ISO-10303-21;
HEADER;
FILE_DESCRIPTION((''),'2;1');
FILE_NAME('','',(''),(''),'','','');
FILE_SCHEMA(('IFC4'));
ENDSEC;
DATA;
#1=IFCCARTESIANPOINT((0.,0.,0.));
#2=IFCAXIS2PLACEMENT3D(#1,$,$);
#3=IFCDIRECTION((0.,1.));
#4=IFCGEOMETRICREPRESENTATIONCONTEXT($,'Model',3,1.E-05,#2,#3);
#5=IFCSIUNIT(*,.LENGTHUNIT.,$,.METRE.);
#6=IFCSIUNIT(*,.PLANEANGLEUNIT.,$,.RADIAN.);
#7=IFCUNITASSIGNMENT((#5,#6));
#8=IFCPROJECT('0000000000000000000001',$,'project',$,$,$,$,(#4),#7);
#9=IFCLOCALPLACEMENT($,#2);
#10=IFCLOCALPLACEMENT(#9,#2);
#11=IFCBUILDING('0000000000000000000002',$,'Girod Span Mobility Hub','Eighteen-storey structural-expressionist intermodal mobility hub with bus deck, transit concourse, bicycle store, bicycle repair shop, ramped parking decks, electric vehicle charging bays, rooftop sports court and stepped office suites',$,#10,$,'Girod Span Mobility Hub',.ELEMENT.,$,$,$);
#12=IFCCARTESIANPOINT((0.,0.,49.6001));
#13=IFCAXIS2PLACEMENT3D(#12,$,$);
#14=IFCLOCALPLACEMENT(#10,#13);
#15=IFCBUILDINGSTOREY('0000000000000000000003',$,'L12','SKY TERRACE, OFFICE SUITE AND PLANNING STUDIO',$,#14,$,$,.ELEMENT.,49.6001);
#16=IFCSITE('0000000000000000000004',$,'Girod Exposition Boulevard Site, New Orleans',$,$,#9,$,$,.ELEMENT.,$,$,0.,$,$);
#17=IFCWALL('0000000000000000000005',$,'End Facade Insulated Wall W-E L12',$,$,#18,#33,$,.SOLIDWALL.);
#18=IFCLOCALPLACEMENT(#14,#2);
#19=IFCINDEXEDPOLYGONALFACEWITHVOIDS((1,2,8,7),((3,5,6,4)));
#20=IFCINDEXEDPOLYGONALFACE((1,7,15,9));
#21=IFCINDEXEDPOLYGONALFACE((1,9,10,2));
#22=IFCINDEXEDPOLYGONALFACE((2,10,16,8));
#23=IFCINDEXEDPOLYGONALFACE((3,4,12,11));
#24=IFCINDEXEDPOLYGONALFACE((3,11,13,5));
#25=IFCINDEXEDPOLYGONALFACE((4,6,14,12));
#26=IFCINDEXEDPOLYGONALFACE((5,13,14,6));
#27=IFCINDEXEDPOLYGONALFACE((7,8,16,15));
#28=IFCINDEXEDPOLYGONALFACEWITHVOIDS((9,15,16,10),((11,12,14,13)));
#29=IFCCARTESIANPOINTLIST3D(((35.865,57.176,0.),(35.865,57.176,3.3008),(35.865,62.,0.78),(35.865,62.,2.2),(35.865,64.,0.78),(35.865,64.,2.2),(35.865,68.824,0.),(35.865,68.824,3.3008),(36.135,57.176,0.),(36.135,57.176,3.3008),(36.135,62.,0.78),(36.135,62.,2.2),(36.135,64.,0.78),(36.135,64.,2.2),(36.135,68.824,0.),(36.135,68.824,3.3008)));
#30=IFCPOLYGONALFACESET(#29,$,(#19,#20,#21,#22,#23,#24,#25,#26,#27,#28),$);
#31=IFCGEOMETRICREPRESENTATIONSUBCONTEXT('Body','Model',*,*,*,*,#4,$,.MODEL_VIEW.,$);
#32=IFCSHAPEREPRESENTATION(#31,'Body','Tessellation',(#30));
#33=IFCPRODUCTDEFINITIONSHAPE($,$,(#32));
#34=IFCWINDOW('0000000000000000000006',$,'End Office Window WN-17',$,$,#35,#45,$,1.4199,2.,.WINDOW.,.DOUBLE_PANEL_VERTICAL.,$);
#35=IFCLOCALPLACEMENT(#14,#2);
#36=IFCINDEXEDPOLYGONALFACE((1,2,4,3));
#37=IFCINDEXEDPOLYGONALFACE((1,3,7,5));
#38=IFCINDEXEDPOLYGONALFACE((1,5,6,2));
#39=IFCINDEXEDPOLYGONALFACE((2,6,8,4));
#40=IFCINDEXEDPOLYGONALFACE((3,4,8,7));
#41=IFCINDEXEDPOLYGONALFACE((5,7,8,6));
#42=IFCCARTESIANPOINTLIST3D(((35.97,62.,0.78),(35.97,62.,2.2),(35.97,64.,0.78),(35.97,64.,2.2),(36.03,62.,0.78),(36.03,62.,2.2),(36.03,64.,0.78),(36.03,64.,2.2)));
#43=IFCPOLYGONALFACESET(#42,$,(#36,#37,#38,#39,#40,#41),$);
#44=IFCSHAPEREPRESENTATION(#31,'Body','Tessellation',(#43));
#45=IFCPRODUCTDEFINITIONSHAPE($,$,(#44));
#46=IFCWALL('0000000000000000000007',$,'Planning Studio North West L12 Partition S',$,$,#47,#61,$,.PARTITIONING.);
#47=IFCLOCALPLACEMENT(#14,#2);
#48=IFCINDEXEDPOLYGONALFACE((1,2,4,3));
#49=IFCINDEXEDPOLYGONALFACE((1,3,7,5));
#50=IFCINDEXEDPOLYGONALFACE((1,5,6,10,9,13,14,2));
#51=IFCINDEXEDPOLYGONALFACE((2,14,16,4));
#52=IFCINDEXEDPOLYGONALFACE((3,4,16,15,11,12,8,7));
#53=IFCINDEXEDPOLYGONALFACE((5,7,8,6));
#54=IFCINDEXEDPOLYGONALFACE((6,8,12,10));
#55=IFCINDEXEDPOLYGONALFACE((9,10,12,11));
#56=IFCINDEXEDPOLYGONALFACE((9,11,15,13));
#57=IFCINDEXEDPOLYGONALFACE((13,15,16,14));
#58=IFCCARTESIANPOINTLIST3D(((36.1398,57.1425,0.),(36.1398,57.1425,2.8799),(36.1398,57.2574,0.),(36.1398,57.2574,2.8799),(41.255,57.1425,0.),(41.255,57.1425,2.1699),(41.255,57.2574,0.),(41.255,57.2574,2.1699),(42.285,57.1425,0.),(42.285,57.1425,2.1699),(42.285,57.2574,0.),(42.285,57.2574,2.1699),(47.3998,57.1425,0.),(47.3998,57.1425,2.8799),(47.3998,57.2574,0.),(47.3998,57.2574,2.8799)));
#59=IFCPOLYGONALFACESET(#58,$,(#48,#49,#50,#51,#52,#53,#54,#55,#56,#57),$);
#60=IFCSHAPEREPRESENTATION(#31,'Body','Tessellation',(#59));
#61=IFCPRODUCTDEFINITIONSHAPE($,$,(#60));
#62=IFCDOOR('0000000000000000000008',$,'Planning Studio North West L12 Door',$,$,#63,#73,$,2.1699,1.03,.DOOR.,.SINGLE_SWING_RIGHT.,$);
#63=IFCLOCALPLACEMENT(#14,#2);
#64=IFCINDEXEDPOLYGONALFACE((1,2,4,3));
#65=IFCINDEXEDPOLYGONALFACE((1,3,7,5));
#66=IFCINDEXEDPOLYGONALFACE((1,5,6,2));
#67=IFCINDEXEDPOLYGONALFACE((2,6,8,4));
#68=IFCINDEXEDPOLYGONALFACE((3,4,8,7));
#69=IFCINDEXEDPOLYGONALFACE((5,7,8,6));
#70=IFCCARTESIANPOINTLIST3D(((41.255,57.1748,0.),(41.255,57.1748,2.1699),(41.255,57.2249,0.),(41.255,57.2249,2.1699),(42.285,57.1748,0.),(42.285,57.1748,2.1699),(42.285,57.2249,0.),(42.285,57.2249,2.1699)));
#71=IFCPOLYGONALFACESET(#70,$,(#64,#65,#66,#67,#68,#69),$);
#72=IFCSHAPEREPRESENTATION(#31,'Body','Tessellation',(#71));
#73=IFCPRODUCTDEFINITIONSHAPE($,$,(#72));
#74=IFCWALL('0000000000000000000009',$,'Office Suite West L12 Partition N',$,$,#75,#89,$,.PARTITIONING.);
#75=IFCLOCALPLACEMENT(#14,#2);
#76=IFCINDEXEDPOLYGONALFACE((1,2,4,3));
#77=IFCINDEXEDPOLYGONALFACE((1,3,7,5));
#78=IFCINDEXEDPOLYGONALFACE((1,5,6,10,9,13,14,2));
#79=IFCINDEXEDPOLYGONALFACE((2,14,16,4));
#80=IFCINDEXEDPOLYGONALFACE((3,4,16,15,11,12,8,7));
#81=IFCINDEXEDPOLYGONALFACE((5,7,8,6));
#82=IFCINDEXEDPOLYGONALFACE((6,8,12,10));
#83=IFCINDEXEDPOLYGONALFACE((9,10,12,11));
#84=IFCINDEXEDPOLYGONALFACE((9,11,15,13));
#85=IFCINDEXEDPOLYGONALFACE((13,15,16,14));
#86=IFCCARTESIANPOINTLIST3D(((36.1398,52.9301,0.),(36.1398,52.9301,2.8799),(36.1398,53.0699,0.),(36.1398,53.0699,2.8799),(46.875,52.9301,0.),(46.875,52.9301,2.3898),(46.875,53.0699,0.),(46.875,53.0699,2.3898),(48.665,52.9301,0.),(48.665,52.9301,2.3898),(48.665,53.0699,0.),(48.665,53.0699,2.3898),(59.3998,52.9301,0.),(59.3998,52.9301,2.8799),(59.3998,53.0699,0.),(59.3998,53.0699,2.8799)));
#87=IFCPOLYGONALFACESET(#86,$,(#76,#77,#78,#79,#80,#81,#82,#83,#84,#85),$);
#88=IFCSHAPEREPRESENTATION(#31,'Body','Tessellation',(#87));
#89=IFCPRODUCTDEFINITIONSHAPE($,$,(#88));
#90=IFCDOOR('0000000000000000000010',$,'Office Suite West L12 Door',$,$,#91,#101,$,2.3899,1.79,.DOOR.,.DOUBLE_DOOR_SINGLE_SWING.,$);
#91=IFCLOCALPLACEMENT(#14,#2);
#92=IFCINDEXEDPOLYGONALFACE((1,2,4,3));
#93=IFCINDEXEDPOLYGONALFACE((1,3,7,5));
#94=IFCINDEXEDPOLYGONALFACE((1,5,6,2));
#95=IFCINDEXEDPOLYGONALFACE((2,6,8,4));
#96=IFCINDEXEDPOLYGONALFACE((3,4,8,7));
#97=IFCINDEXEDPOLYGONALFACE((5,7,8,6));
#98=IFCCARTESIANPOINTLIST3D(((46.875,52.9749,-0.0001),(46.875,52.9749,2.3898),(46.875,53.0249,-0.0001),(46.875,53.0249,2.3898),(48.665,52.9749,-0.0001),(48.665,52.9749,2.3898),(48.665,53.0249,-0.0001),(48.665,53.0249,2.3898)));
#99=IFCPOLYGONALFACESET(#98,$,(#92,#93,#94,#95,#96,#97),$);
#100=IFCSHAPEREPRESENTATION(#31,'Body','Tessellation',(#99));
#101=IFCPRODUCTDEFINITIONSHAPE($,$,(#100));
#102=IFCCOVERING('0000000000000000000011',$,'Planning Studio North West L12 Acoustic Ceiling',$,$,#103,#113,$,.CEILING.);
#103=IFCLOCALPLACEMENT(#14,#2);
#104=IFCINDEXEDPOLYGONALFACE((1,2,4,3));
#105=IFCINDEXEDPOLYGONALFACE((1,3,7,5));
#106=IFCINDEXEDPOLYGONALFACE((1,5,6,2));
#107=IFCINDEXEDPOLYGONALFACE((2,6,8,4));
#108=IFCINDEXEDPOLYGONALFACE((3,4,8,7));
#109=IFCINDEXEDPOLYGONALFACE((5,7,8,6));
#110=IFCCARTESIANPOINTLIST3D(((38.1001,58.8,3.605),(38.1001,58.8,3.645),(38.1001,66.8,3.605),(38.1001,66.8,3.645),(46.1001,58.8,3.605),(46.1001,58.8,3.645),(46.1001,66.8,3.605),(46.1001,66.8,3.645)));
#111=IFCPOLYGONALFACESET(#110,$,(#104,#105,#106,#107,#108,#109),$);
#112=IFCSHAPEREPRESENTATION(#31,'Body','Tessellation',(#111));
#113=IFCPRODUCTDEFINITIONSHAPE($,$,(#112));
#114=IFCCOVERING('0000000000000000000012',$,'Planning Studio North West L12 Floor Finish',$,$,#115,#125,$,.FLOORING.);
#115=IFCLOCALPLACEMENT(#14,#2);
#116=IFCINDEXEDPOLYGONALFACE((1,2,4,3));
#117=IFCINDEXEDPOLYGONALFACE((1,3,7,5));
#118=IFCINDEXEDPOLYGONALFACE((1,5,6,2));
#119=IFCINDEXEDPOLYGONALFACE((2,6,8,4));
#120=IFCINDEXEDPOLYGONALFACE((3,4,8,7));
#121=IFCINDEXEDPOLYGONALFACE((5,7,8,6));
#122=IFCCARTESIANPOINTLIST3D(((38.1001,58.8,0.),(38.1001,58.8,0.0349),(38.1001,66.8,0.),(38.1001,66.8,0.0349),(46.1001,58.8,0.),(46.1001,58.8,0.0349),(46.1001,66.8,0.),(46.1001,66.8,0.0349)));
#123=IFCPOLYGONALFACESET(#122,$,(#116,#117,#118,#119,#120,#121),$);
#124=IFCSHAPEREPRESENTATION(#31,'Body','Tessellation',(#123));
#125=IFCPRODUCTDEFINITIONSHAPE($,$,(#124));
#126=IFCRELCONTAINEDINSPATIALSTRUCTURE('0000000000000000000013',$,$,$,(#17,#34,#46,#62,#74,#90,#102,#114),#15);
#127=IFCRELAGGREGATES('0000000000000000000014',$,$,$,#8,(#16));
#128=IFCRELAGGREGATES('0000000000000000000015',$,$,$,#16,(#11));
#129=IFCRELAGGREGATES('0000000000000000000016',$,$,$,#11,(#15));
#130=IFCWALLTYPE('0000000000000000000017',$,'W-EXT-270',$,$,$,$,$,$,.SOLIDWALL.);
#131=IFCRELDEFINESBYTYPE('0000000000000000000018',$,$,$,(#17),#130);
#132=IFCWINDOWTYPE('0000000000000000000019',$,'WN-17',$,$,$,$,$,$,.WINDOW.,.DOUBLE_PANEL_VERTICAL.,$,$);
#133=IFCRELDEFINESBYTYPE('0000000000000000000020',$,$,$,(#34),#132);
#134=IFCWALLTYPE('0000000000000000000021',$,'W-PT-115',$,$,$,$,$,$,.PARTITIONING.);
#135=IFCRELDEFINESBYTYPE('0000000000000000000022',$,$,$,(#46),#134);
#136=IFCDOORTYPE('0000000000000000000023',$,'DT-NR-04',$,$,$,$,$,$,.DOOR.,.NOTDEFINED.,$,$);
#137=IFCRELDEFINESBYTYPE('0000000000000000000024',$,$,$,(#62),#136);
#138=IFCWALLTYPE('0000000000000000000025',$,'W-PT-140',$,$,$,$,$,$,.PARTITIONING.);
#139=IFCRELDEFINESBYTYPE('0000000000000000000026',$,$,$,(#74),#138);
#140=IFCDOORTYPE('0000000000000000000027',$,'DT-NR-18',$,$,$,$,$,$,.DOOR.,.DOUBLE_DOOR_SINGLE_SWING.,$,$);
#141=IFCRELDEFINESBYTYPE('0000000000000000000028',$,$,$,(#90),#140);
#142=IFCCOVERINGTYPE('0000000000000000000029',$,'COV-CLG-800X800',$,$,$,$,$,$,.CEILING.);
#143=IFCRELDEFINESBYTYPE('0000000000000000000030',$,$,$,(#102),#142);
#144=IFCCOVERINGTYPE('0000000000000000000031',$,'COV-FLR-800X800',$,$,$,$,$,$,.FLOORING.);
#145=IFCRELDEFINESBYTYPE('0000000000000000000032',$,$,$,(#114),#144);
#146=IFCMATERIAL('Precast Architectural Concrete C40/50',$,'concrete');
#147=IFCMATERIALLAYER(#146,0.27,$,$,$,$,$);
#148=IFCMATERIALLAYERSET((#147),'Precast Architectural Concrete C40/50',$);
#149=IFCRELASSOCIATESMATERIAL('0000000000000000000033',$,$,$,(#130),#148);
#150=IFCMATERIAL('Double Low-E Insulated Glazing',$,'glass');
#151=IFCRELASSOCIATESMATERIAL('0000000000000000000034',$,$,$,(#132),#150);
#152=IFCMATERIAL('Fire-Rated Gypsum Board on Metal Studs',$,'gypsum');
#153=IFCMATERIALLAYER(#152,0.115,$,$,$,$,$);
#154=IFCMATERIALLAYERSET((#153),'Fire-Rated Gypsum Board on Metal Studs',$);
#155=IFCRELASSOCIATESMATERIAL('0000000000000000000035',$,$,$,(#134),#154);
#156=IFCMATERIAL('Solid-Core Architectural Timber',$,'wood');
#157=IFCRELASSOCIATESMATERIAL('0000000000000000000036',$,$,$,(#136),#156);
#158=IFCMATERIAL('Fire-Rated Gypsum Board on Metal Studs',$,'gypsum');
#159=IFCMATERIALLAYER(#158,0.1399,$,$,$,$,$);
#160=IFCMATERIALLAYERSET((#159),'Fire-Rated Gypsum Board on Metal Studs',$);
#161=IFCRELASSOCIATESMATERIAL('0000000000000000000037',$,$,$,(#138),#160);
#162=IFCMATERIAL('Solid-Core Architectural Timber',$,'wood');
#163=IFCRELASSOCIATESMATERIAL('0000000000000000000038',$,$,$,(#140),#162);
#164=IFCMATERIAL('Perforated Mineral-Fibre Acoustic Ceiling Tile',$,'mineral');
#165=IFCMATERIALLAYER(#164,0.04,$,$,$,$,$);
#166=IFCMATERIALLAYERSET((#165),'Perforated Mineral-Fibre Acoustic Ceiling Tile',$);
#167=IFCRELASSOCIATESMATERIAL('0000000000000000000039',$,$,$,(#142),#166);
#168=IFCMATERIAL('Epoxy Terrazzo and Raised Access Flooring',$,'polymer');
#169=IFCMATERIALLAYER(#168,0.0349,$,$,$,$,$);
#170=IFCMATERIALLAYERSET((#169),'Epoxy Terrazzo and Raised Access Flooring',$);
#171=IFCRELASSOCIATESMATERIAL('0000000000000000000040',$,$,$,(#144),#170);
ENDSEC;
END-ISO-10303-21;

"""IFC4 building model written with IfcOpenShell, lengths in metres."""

from ifc_helpers import new_model, si_unit, direction, frame, frame_2d, origin, origin_2d, place, context, subcontext, project, spatial, rectangle, extrude, material, layer, layer_set, type_object, element, fill, save


model = new_model("IFC4")

# Units and contexts
model_context = context("Model", 3, precision=1e-05, world=origin(), true_north=direction((0.0, 1.0)))
body_context = subcontext(model_context, "Body", "Model", "MODEL_VIEW")
ifc_project = project(units=[si_unit("LENGTHUNIT", "METRE"), si_unit("PLANEANGLEUNIT", "RADIAN")], contexts=[model_context])

# Site, building, storey
site_placement = place(None, origin())
site = spatial("IfcSite", under=ifc_project, at=site_placement, Name="Girod Exposition Boulevard Site, New Orleans", CompositionType="ELEMENT", RefElevation=0.0)
building_placement = place(site_placement, origin())
building = spatial("IfcBuilding", under=site, at=building_placement, Name="Girod Span Mobility Hub", Description="Eighteen-storey structural-expressionist intermodal mobility hub with bus deck, transit concourse, bicycle store, bicycle repair shop, ramped parking decks, electric vehicle charging bays, rooftop sports court and stepped office suites", LongName="Girod Span Mobility Hub", CompositionType="ELEMENT")
storey_placement = place(building_placement, frame((0.0, 0.0, 49.6001)))
storey = spatial("IfcBuildingStorey", under=building, at=storey_placement, Name="L12", Description="SKY TERRACE, OFFICE SUITE AND PLANNING STUDIO", CompositionType="ELEMENT", Elevation=49.6001)

# Wall, opening, window
ifc_material_1 = material(Name="Precast Architectural Concrete C40/50", Category="concrete")
ifc_layer_1 = layer(ifc_material_1, 0.27)
ifc_layer_set_1 = layer_set([ifc_layer_1], Name="Precast Architectural Concrete C40/50")
wall_type_1 = type_object("IfcWallType", Name="W-EXT-270", PredefinedType="SOLIDWALL", material=ifc_layer_set_1)
wall_1_placement = place(storey_placement, frame((36.0, 57.176, 0.0), z_axis=(0.0, 0.0, 1.0), x_axis=(0.0, 1.0, 0.0)))
wall_1 = element("IfcWall", 1, at=wall_1_placement, inside=storey, type_object=wall_type_1, Name="End Facade Insulated Wall W-E L12", PredefinedType="SOLIDWALL", context=body_context, shape_type="SweptSolid", body=[
    extrude(rectangle(XDim=11.6479, YDim=0.27, at=frame_2d((5.824, 0.0))), origin(), (0.0, 0.0, 1.0), 3.3008),
])
opening_1_placement = place(wall_1_placement, frame((4.824, 0.0, 0.78)))
opening_1 = element("IfcOpeningElement", 2, at=opening_1_placement, cuts=wall_1, PredefinedType="OPENING", context=body_context, shape_type="SweptSolid", body=[
    extrude(rectangle(XDim=2.0, YDim=1.4199, at=frame_2d((1.0, 0.71))), frame((0.0, 0.1499, 0.0), z_axis=(0.0, -1.0, 0.0), x_axis=(1.0, 0.0, 0.0)), (0.0, 0.0, 1.0), 0.3),
])
ifc_material_2 = material(Name="Double Low-E Insulated Glazing", Category="glass")
window_type = type_object("IfcWindowType", Name="WN-17", PartitioningType="DOUBLE_PANEL_VERTICAL", PredefinedType="WINDOW", material=ifc_material_2)
window_placement = place(opening_1_placement, origin())
window = element("IfcWindow", 3, at=window_placement, inside=storey, type_object=window_type, Name="End Office Window WN-17", OverallHeight=1.4199, OverallWidth=2.0, PartitioningType="DOUBLE_PANEL_VERTICAL", PredefinedType="WINDOW", context=body_context, shape_type="SweptSolid", body=[
    extrude(rectangle(XDim=2.0, YDim=1.4199, at=frame_2d((1.0, 0.71))), frame((0.0, 0.03, 0.0), z_axis=(0.0, -1.0, 0.0), x_axis=(1.0, 0.0, 0.0)), (0.0, 0.0, 1.0), 0.0601),
])
fill(opening_1, window)

# Walls, openings, doors
ifc_material_3 = material(Name="Fire-Rated Gypsum Board on Metal Studs", Category="gypsum")
ifc_layer_2 = layer(ifc_material_3, 0.115)
ifc_layer_set_2 = layer_set([ifc_layer_2], Name="Fire-Rated Gypsum Board on Metal Studs")
wall_type_2 = type_object("IfcWallType", Name="W-PT-115", PredefinedType="PARTITIONING", material=ifc_layer_set_2)
wall_2_placement = place(storey_placement, frame((36.1399, 57.2, 0.0), z_axis=(0.0, 0.0, 1.0), x_axis=(1.0, 0.0, 0.0)))
wall_2 = element("IfcWall", 4, at=wall_2_placement, inside=storey, type_object=wall_type_2, Name="Planning Studio North West L12 Partition S", PredefinedType="PARTITIONING", context=body_context, shape_type="SweptSolid", body=[
    extrude(rectangle(XDim=11.26, YDim=0.115, at=frame_2d((5.6299, 0.0))), origin(), (0.0, 0.0, 1.0), 2.8799),
])
opening_2_placement = place(wall_2_placement, frame((5.115, 0.0, 0.0)))
opening_2 = element("IfcOpeningElement", 5, at=opening_2_placement, cuts=wall_2, PredefinedType="OPENING", context=body_context, shape_type="SweptSolid", body=[
    extrude(rectangle(XDim=1.03, YDim=2.1699, at=frame_2d((0.5151, 1.085))), frame((0.0, 0.0725, 0.0), z_axis=(0.0, -1.0, 0.0), x_axis=(1.0, 0.0, 0.0)), (0.0, 0.0, 1.0), 0.145),
])
ifc_material_4 = material(Name="Solid-Core Architectural Timber", Category="wood")
door_type_1 = type_object("IfcDoorType", Name="DT-NR-04", OperationType="NOTDEFINED", PredefinedType="DOOR", material=ifc_material_4)
door_1_placement = place(opening_2_placement, origin())
door_1 = element("IfcDoor", 6, at=door_1_placement, inside=storey, type_object=door_type_1, Name="Planning Studio North West L12 Door", OperationType="SINGLE_SWING_RIGHT", OverallHeight=2.1699, OverallWidth=1.03, PredefinedType="DOOR", context=body_context, shape_type="SweptSolid", body=[
    extrude(rectangle(XDim=1.03, YDim=2.1699, at=frame_2d((0.5151, 1.085))), frame((0.0, 0.0249, 0.0), z_axis=(0.0, -1.0, 0.0), x_axis=(1.0, 0.0, 0.0)), (0.0, 0.0, 1.0), 0.05),
])
fill(opening_2, door_1)
ifc_material_5 = material(Name="Fire-Rated Gypsum Board on Metal Studs", Category="gypsum")
ifc_layer_3 = layer(ifc_material_5, 0.1399)
ifc_layer_set_3 = layer_set([ifc_layer_3], Name="Fire-Rated Gypsum Board on Metal Studs")
wall_type_3 = type_object("IfcWallType", Name="W-PT-140", PredefinedType="PARTITIONING", material=ifc_layer_set_3)
wall_3_placement = place(storey_placement, frame((36.1399, 53.0, 0.0), z_axis=(0.0, 0.0, 1.0), x_axis=(1.0, 0.0, 0.0)))
wall_3 = element("IfcWall", 7, at=wall_3_placement, inside=storey, type_object=wall_type_3, Name="Office Suite West L12 Partition N", PredefinedType="PARTITIONING", context=body_context, shape_type="SweptSolid", body=[
    extrude(rectangle(XDim=23.26, YDim=0.1399, at=frame_2d((11.6299, 0.0))), origin(), (0.0, 0.0, 1.0), 2.8799),
])
opening_3_placement = place(wall_3_placement, frame((10.7351, 0.0, 0.0)))
opening_3 = element("IfcOpeningElement", 8, at=opening_3_placement, cuts=wall_3, PredefinedType="OPENING", context=body_context, shape_type="SweptSolid", body=[
    extrude(rectangle(XDim=1.79, YDim=2.3899, at=frame_2d((0.895, 1.1948))), frame((0.0, 0.085, 0.0), z_axis=(0.0, -1.0, 0.0), x_axis=(1.0, 0.0, 0.0)), (0.0, 0.0, 1.0), 0.1699),
])
ifc_material_6 = material(Name="Solid-Core Architectural Timber", Category="wood")
door_type_2 = type_object("IfcDoorType", Name="DT-NR-18", OperationType="DOUBLE_DOOR_SINGLE_SWING", PredefinedType="DOOR", material=ifc_material_6)
door_2_placement = place(opening_3_placement, origin())
door_2 = element("IfcDoor", 9, at=door_2_placement, inside=storey, type_object=door_type_2, Name="Office Suite West L12 Door", OperationType="DOUBLE_DOOR_SINGLE_SWING", OverallHeight=2.3899, OverallWidth=1.79, PredefinedType="DOOR", context=body_context, shape_type="SweptSolid", body=[
    extrude(rectangle(XDim=1.79, YDim=2.3899, at=frame_2d((0.895, 1.1948))), frame((0.0, 0.0249, 0.0), z_axis=(0.0, -1.0, 0.0), x_axis=(1.0, 0.0, 0.0)), (0.0, 0.0, 1.0), 0.05),
])
fill(opening_3, door_2)

# Coverings
ifc_material_7 = material(Name="Perforated Mineral-Fibre Acoustic Ceiling Tile", Category="mineral")
ifc_layer_4 = layer(ifc_material_7, 0.04)
ifc_layer_set_4 = layer_set([ifc_layer_4], Name="Perforated Mineral-Fibre Acoustic Ceiling Tile")
covering_type_1 = type_object("IfcCoveringType", Name="COV-CLG-800X800", PredefinedType="CEILING", material=ifc_layer_set_4)
covering_1_placement = place(storey_placement, frame((42.1001, 62.8, 3.605), z_axis=(0.0, 0.0, 1.0), x_axis=(1.0, 0.0, 0.0)))
element("IfcCovering", 10, at=covering_1_placement, inside=storey, type_object=covering_type_1, Name="Planning Studio North West L12 Acoustic Ceiling", PredefinedType="CEILING", context=body_context, shape_type="SweptSolid", body=[
    extrude(rectangle(XDim=8.0, YDim=8.0, at=origin_2d()), origin(), (0.0, 0.0, 1.0), 0.04),
])
ifc_material_8 = material(Name="Epoxy Terrazzo and Raised Access Flooring", Category="polymer")
ifc_layer_5 = layer(ifc_material_8, 0.0349)
ifc_layer_set_5 = layer_set([ifc_layer_5], Name="Epoxy Terrazzo and Raised Access Flooring")
covering_type_2 = type_object("IfcCoveringType", Name="COV-FLR-800X800", PredefinedType="FLOORING", material=ifc_layer_set_5)
covering_2_placement = place(storey_placement, frame((42.1001, 62.8, 0.0), z_axis=(0.0, 0.0, 1.0), x_axis=(1.0, 0.0, 0.0)))
element("IfcCovering", 11, at=covering_2_placement, inside=storey, type_object=covering_type_2, Name="Planning Studio North West L12 Floor Finish", PredefinedType="FLOORING", context=body_context, shape_type="SweptSolid", body=[
    extrude(rectangle(XDim=8.0, YDim=8.0, at=origin_2d()), origin(), (0.0, 0.0, 1.0), 0.0349),
])

save(model, "model.ifc")
